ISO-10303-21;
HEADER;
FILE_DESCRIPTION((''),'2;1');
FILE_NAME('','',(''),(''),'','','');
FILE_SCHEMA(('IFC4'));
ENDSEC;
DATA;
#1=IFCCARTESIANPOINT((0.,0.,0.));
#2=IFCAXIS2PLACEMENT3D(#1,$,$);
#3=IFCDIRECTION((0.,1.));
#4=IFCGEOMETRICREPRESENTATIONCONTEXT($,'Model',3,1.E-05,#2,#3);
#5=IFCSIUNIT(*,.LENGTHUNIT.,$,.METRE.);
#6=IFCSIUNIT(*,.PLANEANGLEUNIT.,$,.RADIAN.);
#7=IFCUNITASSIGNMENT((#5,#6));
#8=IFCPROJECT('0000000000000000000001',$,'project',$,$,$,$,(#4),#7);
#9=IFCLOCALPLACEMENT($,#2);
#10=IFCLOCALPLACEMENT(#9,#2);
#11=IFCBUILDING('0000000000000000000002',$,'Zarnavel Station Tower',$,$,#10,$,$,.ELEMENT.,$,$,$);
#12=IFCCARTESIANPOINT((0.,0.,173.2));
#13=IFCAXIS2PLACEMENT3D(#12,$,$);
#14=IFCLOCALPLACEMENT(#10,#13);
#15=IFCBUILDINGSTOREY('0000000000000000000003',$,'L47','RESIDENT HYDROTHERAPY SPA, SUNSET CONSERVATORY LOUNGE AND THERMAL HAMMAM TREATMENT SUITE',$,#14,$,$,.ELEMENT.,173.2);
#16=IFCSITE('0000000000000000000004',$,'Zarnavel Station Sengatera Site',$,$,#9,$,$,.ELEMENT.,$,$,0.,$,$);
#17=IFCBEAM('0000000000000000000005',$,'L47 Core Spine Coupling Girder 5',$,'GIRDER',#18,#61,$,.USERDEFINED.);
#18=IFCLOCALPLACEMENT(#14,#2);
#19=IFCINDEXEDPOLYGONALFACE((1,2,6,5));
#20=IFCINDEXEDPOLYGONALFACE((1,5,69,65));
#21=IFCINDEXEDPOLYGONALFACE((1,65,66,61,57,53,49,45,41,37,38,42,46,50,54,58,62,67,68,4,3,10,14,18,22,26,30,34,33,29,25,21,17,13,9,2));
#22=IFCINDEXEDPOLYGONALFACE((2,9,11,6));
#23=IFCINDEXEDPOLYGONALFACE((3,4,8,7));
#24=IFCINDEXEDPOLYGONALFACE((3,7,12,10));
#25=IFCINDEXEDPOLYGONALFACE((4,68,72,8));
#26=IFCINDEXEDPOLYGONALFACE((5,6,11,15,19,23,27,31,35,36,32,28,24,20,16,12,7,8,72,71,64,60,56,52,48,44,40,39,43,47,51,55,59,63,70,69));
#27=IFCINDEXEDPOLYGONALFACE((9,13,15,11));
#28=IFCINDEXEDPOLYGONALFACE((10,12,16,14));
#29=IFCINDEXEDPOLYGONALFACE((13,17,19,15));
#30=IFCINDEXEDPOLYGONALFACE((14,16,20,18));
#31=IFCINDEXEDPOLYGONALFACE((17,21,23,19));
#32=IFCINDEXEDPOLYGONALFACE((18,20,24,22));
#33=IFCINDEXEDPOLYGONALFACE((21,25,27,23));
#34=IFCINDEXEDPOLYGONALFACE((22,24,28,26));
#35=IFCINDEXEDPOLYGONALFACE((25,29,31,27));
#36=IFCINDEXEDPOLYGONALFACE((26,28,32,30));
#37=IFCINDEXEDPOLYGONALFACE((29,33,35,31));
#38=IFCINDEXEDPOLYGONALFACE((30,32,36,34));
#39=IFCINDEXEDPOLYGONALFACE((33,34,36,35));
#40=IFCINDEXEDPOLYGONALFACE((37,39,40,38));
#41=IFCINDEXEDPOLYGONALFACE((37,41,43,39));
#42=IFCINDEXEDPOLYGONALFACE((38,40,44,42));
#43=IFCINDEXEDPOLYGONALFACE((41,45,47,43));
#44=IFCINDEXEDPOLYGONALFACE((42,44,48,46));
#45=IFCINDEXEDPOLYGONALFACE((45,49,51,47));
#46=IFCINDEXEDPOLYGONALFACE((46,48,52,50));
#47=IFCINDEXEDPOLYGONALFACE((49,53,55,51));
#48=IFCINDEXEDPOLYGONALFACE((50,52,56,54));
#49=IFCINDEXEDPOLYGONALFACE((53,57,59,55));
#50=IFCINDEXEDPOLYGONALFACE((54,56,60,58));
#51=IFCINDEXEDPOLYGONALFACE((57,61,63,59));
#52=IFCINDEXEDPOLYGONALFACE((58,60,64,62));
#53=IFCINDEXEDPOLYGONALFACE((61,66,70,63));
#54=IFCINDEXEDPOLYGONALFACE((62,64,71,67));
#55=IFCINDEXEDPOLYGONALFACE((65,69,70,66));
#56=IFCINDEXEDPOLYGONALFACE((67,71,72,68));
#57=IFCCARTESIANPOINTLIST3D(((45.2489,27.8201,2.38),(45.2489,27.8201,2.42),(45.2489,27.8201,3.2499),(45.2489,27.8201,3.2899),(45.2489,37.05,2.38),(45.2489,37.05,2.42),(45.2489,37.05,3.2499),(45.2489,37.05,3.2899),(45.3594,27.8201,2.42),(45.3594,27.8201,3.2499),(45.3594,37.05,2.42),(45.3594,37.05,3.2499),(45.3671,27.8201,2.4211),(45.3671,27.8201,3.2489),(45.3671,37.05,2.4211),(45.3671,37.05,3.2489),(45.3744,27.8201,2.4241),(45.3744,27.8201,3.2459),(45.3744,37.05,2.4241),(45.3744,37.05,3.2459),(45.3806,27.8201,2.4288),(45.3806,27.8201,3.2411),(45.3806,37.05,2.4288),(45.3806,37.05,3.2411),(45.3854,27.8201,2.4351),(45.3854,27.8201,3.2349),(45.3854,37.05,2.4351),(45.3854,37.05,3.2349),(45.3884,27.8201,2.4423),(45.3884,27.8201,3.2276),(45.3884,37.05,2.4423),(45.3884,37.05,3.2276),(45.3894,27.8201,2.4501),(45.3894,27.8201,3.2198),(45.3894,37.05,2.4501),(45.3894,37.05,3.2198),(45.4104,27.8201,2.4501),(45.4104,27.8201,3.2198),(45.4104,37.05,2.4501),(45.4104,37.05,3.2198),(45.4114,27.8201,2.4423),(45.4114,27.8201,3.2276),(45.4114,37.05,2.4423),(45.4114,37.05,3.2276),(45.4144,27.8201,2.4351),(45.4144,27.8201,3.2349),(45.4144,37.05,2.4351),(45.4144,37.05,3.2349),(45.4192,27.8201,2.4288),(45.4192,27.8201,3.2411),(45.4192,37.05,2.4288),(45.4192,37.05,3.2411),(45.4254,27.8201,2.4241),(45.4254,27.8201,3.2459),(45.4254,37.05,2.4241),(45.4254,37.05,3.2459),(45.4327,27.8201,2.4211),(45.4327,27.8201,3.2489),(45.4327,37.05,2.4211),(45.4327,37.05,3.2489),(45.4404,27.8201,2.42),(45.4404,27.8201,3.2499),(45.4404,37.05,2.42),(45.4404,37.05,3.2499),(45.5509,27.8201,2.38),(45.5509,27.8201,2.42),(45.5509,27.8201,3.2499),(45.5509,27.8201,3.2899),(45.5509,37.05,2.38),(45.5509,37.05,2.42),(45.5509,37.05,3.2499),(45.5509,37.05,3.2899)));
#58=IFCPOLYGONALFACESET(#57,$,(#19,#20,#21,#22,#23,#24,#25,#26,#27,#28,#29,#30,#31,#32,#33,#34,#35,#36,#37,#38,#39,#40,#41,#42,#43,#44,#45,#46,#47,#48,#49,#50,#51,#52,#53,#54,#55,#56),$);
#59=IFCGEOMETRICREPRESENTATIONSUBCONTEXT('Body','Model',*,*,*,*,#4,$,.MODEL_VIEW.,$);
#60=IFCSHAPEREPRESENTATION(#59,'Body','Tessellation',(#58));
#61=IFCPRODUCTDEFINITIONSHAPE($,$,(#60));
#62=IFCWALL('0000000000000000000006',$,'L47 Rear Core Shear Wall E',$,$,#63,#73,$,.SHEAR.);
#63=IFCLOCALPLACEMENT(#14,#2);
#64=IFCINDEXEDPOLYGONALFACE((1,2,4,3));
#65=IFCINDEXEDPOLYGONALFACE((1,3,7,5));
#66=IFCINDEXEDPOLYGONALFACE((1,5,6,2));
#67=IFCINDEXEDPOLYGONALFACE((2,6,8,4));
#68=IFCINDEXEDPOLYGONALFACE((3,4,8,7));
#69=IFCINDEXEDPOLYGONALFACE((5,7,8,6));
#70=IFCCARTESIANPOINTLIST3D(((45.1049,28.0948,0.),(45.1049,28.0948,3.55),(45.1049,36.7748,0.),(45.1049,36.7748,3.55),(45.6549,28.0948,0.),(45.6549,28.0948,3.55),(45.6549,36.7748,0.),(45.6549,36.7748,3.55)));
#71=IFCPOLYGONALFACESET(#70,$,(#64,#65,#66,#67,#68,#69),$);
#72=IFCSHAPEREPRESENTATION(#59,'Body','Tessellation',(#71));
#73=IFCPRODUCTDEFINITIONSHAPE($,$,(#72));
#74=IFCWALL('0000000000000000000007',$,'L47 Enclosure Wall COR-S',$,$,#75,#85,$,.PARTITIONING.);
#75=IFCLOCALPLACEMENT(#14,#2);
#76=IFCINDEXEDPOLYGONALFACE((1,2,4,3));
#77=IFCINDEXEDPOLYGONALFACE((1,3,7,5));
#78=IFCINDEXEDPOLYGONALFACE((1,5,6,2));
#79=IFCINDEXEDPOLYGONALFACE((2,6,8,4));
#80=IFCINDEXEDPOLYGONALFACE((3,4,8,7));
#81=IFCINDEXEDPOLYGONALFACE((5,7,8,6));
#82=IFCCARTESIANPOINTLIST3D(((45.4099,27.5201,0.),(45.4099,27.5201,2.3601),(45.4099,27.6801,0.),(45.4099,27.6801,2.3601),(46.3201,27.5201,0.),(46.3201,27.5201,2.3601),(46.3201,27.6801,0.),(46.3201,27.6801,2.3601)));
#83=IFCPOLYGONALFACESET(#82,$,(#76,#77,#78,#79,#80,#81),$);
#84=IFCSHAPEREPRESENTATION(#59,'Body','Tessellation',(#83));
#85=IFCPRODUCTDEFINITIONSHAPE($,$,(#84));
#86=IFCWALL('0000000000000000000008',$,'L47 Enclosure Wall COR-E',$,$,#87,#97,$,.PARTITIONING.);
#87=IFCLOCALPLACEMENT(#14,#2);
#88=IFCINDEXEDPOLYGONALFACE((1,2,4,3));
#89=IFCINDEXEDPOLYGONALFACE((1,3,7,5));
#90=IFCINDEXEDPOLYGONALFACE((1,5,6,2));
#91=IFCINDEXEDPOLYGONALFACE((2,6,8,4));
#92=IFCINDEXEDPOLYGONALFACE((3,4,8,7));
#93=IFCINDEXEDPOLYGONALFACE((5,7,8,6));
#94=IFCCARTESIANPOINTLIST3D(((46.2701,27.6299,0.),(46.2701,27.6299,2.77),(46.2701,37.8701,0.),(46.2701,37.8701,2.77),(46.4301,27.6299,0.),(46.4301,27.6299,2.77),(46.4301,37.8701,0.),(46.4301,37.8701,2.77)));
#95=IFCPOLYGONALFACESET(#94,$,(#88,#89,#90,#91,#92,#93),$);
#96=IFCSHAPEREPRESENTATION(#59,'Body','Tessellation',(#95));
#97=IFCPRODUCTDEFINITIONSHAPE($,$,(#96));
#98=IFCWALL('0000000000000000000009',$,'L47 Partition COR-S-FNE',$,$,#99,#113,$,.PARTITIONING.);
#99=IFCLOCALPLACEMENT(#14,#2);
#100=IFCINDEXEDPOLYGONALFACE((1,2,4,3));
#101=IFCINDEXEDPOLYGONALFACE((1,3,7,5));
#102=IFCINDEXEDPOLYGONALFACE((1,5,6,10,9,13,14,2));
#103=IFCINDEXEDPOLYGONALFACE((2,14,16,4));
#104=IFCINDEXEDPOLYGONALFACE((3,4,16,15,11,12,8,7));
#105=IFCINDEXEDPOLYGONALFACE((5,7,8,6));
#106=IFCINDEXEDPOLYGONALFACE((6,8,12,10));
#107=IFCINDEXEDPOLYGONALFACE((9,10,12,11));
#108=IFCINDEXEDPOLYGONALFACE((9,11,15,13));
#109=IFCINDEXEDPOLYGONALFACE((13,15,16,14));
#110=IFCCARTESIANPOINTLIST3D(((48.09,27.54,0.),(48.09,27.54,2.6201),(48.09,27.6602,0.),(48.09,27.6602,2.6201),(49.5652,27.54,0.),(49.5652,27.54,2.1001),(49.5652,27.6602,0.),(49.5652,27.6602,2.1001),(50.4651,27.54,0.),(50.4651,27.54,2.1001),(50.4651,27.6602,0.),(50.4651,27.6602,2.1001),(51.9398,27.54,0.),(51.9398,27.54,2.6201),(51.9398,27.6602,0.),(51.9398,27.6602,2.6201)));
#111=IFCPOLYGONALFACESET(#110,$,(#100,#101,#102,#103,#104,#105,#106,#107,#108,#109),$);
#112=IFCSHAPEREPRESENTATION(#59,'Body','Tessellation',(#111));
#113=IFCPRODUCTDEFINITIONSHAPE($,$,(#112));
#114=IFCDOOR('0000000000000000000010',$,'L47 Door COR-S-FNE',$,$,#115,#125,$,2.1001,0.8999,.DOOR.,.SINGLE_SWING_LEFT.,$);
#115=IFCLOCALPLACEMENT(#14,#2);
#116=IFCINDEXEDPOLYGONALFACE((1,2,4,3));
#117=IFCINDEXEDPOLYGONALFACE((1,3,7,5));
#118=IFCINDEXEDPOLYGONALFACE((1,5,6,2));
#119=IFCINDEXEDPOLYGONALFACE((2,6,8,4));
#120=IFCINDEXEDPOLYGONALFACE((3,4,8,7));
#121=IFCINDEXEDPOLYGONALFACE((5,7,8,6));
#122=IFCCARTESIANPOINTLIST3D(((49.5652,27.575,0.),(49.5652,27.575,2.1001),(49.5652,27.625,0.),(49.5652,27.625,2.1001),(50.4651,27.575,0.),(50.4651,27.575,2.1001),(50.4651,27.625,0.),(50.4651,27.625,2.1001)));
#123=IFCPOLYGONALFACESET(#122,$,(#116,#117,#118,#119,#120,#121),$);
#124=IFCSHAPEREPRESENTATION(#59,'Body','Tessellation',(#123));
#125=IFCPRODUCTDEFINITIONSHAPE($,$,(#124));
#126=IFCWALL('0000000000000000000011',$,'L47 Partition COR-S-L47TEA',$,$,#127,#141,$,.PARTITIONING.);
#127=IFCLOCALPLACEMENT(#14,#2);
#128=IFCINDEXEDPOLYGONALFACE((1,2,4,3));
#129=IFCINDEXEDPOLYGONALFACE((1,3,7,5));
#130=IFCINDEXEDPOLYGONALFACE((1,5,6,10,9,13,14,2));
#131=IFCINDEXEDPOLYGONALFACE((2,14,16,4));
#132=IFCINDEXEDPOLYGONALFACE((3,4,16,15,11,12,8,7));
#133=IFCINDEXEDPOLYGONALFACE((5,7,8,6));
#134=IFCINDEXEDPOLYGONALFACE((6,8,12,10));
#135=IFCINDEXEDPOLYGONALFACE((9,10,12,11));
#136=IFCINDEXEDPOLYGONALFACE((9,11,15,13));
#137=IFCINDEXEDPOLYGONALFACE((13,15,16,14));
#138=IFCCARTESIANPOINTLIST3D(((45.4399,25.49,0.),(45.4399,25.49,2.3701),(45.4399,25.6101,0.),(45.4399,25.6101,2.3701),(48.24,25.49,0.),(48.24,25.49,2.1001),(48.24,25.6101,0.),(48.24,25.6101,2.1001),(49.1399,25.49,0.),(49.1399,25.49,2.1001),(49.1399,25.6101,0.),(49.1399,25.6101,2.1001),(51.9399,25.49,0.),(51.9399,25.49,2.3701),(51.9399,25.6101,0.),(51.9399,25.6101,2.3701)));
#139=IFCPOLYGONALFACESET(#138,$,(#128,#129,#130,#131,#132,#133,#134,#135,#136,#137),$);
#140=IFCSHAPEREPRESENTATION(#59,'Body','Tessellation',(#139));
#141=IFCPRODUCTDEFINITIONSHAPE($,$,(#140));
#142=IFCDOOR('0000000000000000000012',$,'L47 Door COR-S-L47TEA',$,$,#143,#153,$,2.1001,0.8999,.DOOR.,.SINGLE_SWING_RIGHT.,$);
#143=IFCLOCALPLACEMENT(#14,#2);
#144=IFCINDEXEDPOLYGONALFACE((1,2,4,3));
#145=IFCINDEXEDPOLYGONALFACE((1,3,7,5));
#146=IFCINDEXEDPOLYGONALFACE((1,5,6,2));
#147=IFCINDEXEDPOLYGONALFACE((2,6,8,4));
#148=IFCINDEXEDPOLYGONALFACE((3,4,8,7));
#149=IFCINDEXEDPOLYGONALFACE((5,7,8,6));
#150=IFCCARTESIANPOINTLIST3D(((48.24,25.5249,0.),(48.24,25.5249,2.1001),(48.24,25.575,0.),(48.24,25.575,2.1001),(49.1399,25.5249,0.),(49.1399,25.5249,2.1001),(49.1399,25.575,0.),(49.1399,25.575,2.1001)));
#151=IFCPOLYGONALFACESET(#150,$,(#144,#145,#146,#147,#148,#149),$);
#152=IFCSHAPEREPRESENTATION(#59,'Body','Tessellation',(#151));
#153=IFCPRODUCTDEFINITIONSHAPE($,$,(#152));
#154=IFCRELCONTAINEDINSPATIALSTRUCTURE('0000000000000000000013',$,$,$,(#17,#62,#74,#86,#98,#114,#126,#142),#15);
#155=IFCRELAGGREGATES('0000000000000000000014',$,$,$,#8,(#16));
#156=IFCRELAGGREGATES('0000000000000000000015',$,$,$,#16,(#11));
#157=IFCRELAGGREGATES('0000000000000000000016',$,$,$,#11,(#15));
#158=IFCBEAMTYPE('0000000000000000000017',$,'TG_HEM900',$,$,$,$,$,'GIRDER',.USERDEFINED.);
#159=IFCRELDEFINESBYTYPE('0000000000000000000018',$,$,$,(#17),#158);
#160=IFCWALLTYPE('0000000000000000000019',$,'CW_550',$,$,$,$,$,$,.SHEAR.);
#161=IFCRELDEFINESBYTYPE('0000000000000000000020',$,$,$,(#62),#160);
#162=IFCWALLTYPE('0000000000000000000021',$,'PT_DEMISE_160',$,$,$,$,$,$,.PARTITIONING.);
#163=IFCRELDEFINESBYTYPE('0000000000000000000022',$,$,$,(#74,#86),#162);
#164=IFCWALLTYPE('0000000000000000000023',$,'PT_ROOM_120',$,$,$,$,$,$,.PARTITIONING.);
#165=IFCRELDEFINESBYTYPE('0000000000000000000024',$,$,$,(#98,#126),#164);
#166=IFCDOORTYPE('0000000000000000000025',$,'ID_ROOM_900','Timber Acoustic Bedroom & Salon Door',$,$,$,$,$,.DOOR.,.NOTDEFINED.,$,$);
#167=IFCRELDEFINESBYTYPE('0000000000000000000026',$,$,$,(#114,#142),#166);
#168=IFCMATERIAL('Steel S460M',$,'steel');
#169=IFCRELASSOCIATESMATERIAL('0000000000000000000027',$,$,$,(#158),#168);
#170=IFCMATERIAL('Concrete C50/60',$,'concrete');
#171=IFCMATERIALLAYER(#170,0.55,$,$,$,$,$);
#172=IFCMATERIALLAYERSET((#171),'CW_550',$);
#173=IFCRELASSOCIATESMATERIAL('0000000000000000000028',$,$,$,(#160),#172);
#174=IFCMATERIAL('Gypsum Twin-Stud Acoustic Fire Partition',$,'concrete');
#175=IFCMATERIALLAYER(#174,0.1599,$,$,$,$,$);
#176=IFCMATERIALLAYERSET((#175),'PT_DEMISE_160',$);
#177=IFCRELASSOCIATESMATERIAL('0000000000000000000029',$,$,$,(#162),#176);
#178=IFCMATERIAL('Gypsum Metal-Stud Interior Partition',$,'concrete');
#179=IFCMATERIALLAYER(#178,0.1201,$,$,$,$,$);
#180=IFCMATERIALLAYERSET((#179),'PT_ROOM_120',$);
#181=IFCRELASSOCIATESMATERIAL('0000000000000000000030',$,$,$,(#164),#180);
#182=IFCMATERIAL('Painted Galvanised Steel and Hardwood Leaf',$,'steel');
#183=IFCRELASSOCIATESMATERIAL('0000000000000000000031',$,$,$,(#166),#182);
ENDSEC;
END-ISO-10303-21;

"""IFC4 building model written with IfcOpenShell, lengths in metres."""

from ifc_helpers import new_model, si_unit, direction, frame, frame_2d, origin, origin_2d, place, context, subcontext, project, spatial, rectangle, i_section, extrude, material, layer, layer_set, material_profile, profile_set, type_object, element, fill, save


model = new_model("IFC4")

# Units and contexts
model_context = context("Model", 3, precision=1e-05, world=origin(), true_north=direction((0.0, 1.0)))
body_context = subcontext(model_context, "Body", "Model", "MODEL_VIEW")
ifc_project = project(units=[si_unit("LENGTHUNIT", "METRE"), si_unit("PLANEANGLEUNIT", "RADIAN")], contexts=[model_context])

# Site, building, storey
site_placement = place(None, origin())
site = spatial("IfcSite", under=ifc_project, at=site_placement, Name="Zarnavel Station Sengatera Site", CompositionType="ELEMENT", RefElevation=0.0)
building_placement = place(site_placement, origin())
building = spatial("IfcBuilding", under=site, at=building_placement, Name="Zarnavel Station Tower", CompositionType="ELEMENT")
storey_placement = place(building_placement, frame((0.0, 0.0, 173.2)))
storey = spatial("IfcBuildingStorey", under=building, at=storey_placement, Name="L47", Description="RESIDENT HYDROTHERAPY SPA, SUNSET CONSERVATORY LOUNGE AND THERMAL HAMMAM TREATMENT SUITE", CompositionType="ELEMENT", Elevation=173.2)

# Beam
ifc_material_1 = material(Name="Steel S460M", Category="steel")
ifc_material_profile_1 = material_profile(ifc_material_1, i_section(OverallWidth=0.302, OverallDepth=0.9099, WebThickness=0.021, FlangeThickness=0.04, FilletRadius=0.03, at=origin_2d()), Name="HEM900")
ifc_profile_set_1 = profile_set([ifc_material_profile_1], Name="Steel S460M")
beam_type_1 = type_object("IfcBeamType", Name="TG_HEM900", ElementType="GIRDER", PredefinedType="USERDEFINED", material=ifc_profile_set_1)
beam_1_placement = place(storey_placement, frame((45.3999, 27.8201, 2.835), z_axis=(0.0, 1.0, 0.0), x_axis=(-1.0, 0.0, 0.0)))
element("IfcBeam", 1, at=beam_1_placement, inside=storey, type_object=beam_type_1, Name="L47 Core Spine Coupling Girder 5", ObjectType="GIRDER", PredefinedType="USERDEFINED", context=body_context, shape_type="SweptSolid", body=[
    extrude(i_section(OverallWidth=0.302, OverallDepth=0.9099, WebThickness=0.021, FlangeThickness=0.04, FilletRadius=0.03, at=origin_2d()), origin(), (0.0, 0.0, 1.0), 9.23),
])

# Shared definitions
ifc_material_2 = material(Name="Concrete C50/60", Category="concrete")
ifc_layer_1 = layer(ifc_material_2, 0.55)
ifc_layer_set_1 = layer_set([ifc_layer_1], Name="CW_550")
wall_type_1 = type_object("IfcWallType", Name="CW_550", PredefinedType="SHEAR", material=ifc_layer_set_1)

# Walls
wall_1_placement = place(storey_placement, frame((45.3799, 28.095, 0.0), z_axis=(0.0, 0.0, 1.0), x_axis=(0.0, 1.0, 0.0)))
element("IfcWall", 2, at=wall_1_placement, inside=storey, type_object=wall_type_1, Name="L47 Rear Core Shear Wall E", PredefinedType="SHEAR", context=body_context, shape_type="SweptSolid", body=[
    extrude(rectangle(XDim=8.6799, YDim=0.55, at=frame_2d((4.3398, 0.0))), origin(), (0.0, 0.0, 1.0), 3.55),
])
ifc_material_3 = material(Name="Gypsum Twin-Stud Acoustic Fire Partition", Category="concrete")
ifc_layer_2 = layer(ifc_material_3, 0.1599)
ifc_layer_set_2 = layer_set([ifc_layer_2], Name="PT_DEMISE_160")
wall_type_2 = type_object("IfcWallType", Name="PT_DEMISE_160", PredefinedType="PARTITIONING", material=ifc_layer_set_2)
wall_2_placement = place(storey_placement, frame((45.4099, 27.6001, 0.0), z_axis=(0.0, 0.0, 1.0), x_axis=(1.0, 0.0, 0.0)))
element("IfcWall", 3, at=wall_2_placement, inside=storey, type_object=wall_type_2, Name="L47 Enclosure Wall COR-S", PredefinedType="PARTITIONING", context=body_context, shape_type="SweptSolid", body=[
    extrude(rectangle(XDim=0.9102, YDim=0.1599, at=frame_2d((0.4551, 0.0))), origin(), (0.0, 0.0, 1.0), 2.3601),
])
wall_3_placement = place(storey_placement, frame((46.3501, 27.6299, 0.0), z_axis=(0.0, 0.0, 1.0), x_axis=(0.0, 1.0, 0.0)))
element("IfcWall", 4, at=wall_3_placement, inside=storey, type_object=wall_type_2, Name="L47 Enclosure Wall COR-E", PredefinedType="PARTITIONING", context=body_context, shape_type="SweptSolid", body=[
    extrude(rectangle(XDim=10.2402, YDim=0.1599, at=frame_2d((5.1201, 0.0))), origin(), (0.0, 0.0, 1.0), 2.77),
])

# Walls, openings, doors
ifc_material_4 = material(Name="Gypsum Metal-Stud Interior Partition", Category="concrete")
ifc_layer_3 = layer(ifc_material_4, 0.1201)
ifc_layer_set_3 = layer_set([ifc_layer_3], Name="PT_ROOM_120")
wall_type_3 = type_object("IfcWallType", Name="PT_ROOM_120", PredefinedType="PARTITIONING", material=ifc_layer_set_3)
wall_4_placement = place(storey_placement, frame((48.0901, 27.6001, 0.0), z_axis=(0.0, 0.0, 1.0), x_axis=(1.0, 0.0, 0.0)))
wall_4 = element("IfcWall", 5, at=wall_4_placement, inside=storey, type_object=wall_type_3, Name="L47 Partition COR-S-FNE", PredefinedType="PARTITIONING", context=body_context, shape_type="SweptSolid", body=[
    extrude(rectangle(XDim=3.8499, YDim=0.1201, at=frame_2d((1.9248, 0.0))), origin(), (0.0, 0.0, 1.0), 2.6201),
])
opening_1_placement = place(wall_4_placement, frame((1.4751, 0.0, 0.0)))
opening_1 = element("IfcOpeningElement", 6, at=opening_1_placement, cuts=wall_4, PredefinedType="OPENING", context=body_context, shape_type="SweptSolid", body=[
    extrude(rectangle(XDim=0.8999, YDim=2.1001, at=frame_2d((0.45, 1.05))), frame((0.0, 0.0701, 0.0), z_axis=(0.0, -1.0, 0.0), x_axis=(1.0, 0.0, 0.0)), (0.0, 0.0, 1.0), 0.1401),
])
ifc_material_5 = material(Name="Painted Galvanised Steel and Hardwood Leaf", Category="steel")
door_type_1 = type_object("IfcDoorType", Name="ID_ROOM_900", Description="Timber Acoustic Bedroom & Salon Door", OperationType="NOTDEFINED", PredefinedType="DOOR", material=ifc_material_5)
door_1_placement = place(opening_1_placement, origin())
door_1 = element("IfcDoor", 7, at=door_1_placement, inside=storey, type_object=door_type_1, Name="L47 Door COR-S-FNE", OperationType="SINGLE_SWING_LEFT", OverallHeight=2.1001, OverallWidth=0.8999, PredefinedType="DOOR", context=body_context, shape_type="SweptSolid", body=[
    extrude(rectangle(XDim=0.8999, YDim=2.1001, at=frame_2d((0.45, 1.05))), frame((0.0, 0.0249, 0.0), z_axis=(0.0, -1.0, 0.0), x_axis=(1.0, 0.0, 0.0)), (0.0, 0.0, 1.0), 0.05),
])
fill(opening_1, door_1)
wall_5_placement = place(storey_placement, frame((45.4399, 25.55, 0.0), z_axis=(0.0, 0.0, 1.0), x_axis=(1.0, 0.0, 0.0)))
wall_5 = element("IfcWall", 8, at=wall_5_placement, inside=storey, type_object=wall_type_3, Name="L47 Partition COR-S-L47TEA", PredefinedType="PARTITIONING", context=body_context, shape_type="SweptSolid", body=[
    extrude(rectangle(XDim=6.5, YDim=0.1201, at=frame_2d((3.25, 0.0))), origin(), (0.0, 0.0, 1.0), 2.3701),
])
opening_2_placement = place(wall_5_placement, frame((2.8, 0.0, 0.0)))
opening_2 = element("IfcOpeningElement", 9, at=opening_2_placement, cuts=wall_5, PredefinedType="OPENING", context=body_context, shape_type="SweptSolid", body=[
    extrude(rectangle(XDim=0.8999, YDim=2.1001, at=frame_2d((0.45, 1.05))), frame((0.0, 0.0701, 0.0), z_axis=(0.0, -1.0, 0.0), x_axis=(1.0, 0.0, 0.0)), (0.0, 0.0, 1.0), 0.1401),
])
door_2_placement = place(opening_2_placement, origin())
door_2 = element("IfcDoor", 10, at=door_2_placement, inside=storey, type_object=door_type_1, Name="L47 Door COR-S-L47TEA", OperationType="SINGLE_SWING_RIGHT", OverallHeight=2.1001, OverallWidth=0.8999, PredefinedType="DOOR", context=body_context, shape_type="SweptSolid", body=[
    extrude(rectangle(XDim=0.8999, YDim=2.1001, at=frame_2d((0.45, 1.05))), frame((0.0, 0.0249, 0.0), z_axis=(0.0, -1.0, 0.0), x_axis=(1.0, 0.0, 0.0)), (0.0, 0.0, 1.0), 0.05),
])
fill(opening_2, door_2)

save(model, "model.ifc")
